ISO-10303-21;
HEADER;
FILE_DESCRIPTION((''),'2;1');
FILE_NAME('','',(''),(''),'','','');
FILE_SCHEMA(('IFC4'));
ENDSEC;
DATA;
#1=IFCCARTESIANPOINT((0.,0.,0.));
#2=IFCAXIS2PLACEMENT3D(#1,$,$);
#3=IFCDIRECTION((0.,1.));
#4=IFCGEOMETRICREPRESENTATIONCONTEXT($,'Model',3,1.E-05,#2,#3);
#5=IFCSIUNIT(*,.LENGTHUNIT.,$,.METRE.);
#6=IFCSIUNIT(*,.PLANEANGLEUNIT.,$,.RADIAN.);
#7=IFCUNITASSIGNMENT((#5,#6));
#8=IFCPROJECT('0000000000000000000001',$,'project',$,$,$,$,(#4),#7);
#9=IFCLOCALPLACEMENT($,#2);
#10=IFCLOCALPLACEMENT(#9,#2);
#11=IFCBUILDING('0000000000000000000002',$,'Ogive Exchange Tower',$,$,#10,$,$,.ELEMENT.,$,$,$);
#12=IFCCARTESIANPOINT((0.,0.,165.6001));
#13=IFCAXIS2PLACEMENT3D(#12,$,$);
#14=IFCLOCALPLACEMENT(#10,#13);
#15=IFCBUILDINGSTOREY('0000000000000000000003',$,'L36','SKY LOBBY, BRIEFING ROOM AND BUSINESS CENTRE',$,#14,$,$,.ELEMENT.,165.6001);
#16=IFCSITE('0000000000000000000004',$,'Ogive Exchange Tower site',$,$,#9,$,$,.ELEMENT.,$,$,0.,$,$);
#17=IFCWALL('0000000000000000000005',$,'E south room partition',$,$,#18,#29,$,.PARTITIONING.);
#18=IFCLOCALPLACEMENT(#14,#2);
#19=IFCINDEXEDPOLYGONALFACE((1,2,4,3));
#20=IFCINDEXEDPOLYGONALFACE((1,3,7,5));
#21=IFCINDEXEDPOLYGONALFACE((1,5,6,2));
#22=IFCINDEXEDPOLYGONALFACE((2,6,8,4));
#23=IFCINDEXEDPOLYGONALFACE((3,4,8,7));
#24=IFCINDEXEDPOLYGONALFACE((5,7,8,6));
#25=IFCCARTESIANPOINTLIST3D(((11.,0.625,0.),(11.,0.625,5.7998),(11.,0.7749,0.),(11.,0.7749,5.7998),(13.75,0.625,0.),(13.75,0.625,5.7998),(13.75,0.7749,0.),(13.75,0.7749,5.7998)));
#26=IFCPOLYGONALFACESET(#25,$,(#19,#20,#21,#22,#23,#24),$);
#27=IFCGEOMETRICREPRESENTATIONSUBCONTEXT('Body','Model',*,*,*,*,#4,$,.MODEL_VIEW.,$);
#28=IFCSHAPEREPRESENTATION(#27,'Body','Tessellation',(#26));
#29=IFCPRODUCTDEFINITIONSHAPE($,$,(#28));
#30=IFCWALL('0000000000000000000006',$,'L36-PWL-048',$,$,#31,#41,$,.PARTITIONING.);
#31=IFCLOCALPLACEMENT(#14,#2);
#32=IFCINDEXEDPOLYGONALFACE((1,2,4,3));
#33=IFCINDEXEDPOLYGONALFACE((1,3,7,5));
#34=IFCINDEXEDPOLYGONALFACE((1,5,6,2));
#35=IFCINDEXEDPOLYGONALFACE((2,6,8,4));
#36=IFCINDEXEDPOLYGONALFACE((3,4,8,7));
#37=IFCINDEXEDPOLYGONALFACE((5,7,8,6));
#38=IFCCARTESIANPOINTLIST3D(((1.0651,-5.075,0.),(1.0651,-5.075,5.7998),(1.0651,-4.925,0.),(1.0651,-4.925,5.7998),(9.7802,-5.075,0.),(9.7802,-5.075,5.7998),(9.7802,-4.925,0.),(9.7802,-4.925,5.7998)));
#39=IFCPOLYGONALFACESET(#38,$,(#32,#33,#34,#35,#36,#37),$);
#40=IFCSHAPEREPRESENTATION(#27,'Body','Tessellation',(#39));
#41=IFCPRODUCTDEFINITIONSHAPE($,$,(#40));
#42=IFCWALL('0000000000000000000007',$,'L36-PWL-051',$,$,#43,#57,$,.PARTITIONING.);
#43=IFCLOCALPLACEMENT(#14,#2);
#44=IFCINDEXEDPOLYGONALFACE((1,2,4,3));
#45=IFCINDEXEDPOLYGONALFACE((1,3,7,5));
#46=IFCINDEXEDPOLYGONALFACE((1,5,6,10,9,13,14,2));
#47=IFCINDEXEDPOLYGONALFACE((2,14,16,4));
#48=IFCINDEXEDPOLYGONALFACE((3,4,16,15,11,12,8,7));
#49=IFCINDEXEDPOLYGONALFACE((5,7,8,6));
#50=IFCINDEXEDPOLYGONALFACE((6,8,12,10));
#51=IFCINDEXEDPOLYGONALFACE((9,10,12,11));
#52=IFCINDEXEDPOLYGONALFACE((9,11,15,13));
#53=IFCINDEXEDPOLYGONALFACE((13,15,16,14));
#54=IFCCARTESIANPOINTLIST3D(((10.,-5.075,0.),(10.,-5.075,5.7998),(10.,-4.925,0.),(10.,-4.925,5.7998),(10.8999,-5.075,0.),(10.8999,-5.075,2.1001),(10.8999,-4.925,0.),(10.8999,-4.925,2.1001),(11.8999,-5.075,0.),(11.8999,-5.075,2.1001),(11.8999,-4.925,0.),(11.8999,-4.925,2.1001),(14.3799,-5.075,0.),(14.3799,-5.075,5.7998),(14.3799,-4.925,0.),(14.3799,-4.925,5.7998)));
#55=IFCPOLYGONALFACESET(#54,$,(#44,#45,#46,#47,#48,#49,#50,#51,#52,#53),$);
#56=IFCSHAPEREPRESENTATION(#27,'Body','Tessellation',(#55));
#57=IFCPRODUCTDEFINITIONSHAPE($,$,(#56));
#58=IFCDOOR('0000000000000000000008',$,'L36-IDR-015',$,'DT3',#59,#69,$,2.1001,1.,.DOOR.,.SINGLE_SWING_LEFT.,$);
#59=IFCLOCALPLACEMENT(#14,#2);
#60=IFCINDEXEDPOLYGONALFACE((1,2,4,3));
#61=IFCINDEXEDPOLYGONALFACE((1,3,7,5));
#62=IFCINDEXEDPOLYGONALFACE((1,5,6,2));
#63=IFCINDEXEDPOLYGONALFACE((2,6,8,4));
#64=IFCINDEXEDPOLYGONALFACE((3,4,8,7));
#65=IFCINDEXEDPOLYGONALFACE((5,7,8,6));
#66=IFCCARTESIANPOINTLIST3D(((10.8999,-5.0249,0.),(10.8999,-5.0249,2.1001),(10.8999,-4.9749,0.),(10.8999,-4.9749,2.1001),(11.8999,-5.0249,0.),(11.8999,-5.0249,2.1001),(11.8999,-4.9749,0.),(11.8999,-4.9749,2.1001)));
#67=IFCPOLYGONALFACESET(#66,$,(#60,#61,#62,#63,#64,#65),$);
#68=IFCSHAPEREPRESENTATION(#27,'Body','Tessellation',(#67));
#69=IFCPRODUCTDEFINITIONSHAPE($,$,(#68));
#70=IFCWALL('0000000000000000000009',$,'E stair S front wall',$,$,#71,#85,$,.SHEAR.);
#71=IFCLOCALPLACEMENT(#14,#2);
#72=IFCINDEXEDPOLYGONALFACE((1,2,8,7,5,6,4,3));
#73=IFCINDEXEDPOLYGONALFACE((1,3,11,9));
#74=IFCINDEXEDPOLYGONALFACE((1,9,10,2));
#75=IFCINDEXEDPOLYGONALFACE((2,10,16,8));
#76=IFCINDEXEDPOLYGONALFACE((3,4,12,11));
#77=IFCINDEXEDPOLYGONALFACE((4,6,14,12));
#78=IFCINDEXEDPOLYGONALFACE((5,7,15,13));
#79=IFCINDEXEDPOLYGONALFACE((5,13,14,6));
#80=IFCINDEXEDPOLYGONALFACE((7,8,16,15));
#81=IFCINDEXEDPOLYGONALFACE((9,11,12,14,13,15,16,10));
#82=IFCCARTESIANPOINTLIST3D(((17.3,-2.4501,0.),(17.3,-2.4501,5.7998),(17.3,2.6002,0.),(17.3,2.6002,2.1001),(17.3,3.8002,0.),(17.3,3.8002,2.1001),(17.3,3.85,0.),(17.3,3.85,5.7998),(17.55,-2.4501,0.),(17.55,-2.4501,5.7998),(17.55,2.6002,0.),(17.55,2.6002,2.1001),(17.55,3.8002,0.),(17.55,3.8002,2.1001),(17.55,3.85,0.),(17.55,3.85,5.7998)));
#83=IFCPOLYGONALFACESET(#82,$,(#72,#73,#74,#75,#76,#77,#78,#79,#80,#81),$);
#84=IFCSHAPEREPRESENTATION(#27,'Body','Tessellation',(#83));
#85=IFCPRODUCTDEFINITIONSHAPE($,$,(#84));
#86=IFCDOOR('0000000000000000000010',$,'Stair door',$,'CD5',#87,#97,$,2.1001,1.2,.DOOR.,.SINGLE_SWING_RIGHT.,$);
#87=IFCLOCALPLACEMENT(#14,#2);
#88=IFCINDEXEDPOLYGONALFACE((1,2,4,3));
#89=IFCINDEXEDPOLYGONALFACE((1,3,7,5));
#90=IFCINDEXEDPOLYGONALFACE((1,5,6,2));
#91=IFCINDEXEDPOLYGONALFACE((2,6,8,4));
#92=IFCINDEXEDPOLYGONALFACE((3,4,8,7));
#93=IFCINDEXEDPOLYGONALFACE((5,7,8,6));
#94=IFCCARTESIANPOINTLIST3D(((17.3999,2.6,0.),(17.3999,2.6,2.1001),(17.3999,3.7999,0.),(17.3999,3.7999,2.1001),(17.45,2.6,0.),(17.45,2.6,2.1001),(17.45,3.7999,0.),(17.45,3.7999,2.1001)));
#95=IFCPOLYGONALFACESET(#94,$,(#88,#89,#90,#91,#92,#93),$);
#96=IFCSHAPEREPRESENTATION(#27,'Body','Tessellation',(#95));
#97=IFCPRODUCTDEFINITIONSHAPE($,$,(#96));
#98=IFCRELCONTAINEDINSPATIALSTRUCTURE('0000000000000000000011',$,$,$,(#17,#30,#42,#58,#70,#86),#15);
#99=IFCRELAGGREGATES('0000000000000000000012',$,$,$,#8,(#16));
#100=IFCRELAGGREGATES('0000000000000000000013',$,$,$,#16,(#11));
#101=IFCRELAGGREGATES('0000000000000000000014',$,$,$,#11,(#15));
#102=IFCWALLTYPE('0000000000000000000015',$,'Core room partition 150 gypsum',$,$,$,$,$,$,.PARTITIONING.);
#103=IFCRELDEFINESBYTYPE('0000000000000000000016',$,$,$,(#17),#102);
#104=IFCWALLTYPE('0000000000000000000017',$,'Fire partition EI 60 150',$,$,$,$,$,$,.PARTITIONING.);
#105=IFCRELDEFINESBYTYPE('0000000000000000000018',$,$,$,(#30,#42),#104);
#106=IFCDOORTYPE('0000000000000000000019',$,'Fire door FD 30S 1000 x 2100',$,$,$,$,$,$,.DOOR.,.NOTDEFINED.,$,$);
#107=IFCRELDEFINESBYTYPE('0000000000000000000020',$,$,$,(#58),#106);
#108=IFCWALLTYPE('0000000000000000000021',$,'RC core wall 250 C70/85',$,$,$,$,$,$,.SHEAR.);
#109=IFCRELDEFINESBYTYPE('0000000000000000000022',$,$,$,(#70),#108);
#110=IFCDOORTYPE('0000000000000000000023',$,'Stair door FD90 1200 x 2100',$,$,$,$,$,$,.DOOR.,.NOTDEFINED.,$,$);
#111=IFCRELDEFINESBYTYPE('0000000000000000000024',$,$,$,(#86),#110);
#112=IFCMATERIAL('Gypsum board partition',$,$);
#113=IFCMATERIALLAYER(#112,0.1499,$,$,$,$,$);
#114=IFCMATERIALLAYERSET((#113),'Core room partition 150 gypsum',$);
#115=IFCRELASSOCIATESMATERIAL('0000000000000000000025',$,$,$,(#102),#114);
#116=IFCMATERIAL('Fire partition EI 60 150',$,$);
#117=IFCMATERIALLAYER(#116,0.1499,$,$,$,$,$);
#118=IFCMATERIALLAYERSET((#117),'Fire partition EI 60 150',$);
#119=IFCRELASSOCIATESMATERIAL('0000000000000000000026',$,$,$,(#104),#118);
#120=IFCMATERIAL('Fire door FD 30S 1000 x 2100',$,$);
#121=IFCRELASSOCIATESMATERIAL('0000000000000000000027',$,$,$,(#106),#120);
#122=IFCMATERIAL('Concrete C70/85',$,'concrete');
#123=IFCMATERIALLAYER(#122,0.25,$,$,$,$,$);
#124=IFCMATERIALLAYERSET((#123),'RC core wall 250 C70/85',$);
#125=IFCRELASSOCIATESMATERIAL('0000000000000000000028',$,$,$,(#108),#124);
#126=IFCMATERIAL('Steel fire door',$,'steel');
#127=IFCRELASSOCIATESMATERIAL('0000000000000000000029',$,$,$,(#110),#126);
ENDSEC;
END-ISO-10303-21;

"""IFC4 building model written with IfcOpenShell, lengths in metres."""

from ifc_helpers import new_model, si_unit, direction, frame, frame_2d, origin, place, context, subcontext, project, spatial, rectangle, extrude, material, layer, layer_set, type_object, element, fill, save


model = new_model("IFC4")

# Units and contexts
model_context = context("Model", 3, precision=1e-05, world=origin(), true_north=direction((0.0, 1.0)))
body_context = subcontext(model_context, "Body", "Model", "MODEL_VIEW")
ifc_project = project(units=[si_unit("LENGTHUNIT", "METRE"), si_unit("PLANEANGLEUNIT", "RADIAN")], contexts=[model_context])

# Site, building, storey
site_placement = place(None, origin())
site = spatial("IfcSite", under=ifc_project, at=site_placement, Name="Ogive Exchange Tower site", CompositionType="ELEMENT", RefElevation=0.0)
building_placement = place(site_placement, origin())
building = spatial("IfcBuilding", under=site, at=building_placement, Name="Ogive Exchange Tower", CompositionType="ELEMENT")
storey_placement = place(building_placement, frame((0.0, 0.0, 165.6001)))
storey = spatial("IfcBuildingStorey", under=building, at=storey_placement, Name="L36", Description="SKY LOBBY, BRIEFING ROOM AND BUSINESS CENTRE", CompositionType="ELEMENT", Elevation=165.6001)

# Walls
ifc_material_1 = material(Name="Gypsum board partition")
ifc_layer_1 = layer(ifc_material_1, 0.1499)
ifc_layer_set_1 = layer_set([ifc_layer_1], Name="Core room partition 150 gypsum")
wall_type_1 = type_object("IfcWallType", Name="Core room partition 150 gypsum", PredefinedType="PARTITIONING", material=ifc_layer_set_1)
wall_1_placement = place(storey_placement, frame((11.0, 0.7, 0.0), z_axis=(0.0, 0.0, 1.0), x_axis=(1.0, 0.0, 0.0)))
element("IfcWall", 1, at=wall_1_placement, inside=storey, type_object=wall_type_1, Name="E south room partition", PredefinedType="PARTITIONING", context=body_context, shape_type="SweptSolid", body=[
    extrude(rectangle(XDim=2.75, YDim=0.1499, at=frame_2d((1.375, 0.0))), origin(), (0.0, 0.0, 1.0), 5.7998),
])
ifc_material_2 = material(Name="Fire partition EI 60 150")
ifc_layer_2 = layer(ifc_material_2, 0.1499)
ifc_layer_set_2 = layer_set([ifc_layer_2], Name="Fire partition EI 60 150")
wall_type_2 = type_object("IfcWallType", Name="Fire partition EI 60 150", PredefinedType="PARTITIONING", material=ifc_layer_set_2)
wall_2_placement = place(storey_placement, frame((9.78, -5.0, 0.0), z_axis=(0.0, 0.0, 1.0), x_axis=(-1.0, 0.0, 0.0)))
element("IfcWall", 2, at=wall_2_placement, inside=storey, type_object=wall_type_2, Name="L36-PWL-048", PredefinedType="PARTITIONING", context=body_context, shape_type="SweptSolid", body=[
    extrude(rectangle(XDim=8.7151, YDim=0.1499, at=frame_2d((4.3574, 0.0))), origin(), (0.0, 0.0, 1.0), 5.7998),
])

# Walls, openings, doors
wall_3_placement = place(storey_placement, frame((14.3799, -5.0, 0.0), z_axis=(0.0, 0.0, 1.0), x_axis=(-1.0, 0.0, 0.0)))
wall_3 = element("IfcWall", 3, at=wall_3_placement, inside=storey, type_object=wall_type_2, Name="L36-PWL-051", PredefinedType="PARTITIONING", context=body_context, shape_type="SweptSolid", body=[
    extrude(rectangle(XDim=4.3799, YDim=0.1499, at=frame_2d((2.1899, 0.0))), origin(), (0.0, 0.0, 1.0), 5.7998),
])
opening_1_placement = place(wall_3_placement, frame((2.48, 0.0, 0.0)))
opening_1 = element("IfcOpeningElement", 4, at=opening_1_placement, cuts=wall_3, PredefinedType="OPENING", context=body_context, shape_type="SweptSolid", body=[
    extrude(rectangle(XDim=1.0, YDim=2.1001, at=frame_2d((0.5, 1.05))), frame((0.0, 0.085, 0.0), z_axis=(0.0, -1.0, 0.0), x_axis=(1.0, 0.0, 0.0)), (0.0, 0.0, 1.0), 0.1699),
])
ifc_material_3 = material(Name="Fire door FD 30S 1000 x 2100")
door_type_1 = type_object("IfcDoorType", Name="Fire door FD 30S 1000 x 2100", OperationType="NOTDEFINED", PredefinedType="DOOR", material=ifc_material_3)
door_1_placement = place(opening_1_placement, origin())
door_1 = element("IfcDoor", 5, at=door_1_placement, inside=storey, type_object=door_type_1, Name="L36-IDR-015", ObjectType="DT3", OperationType="SINGLE_SWING_LEFT", OverallHeight=2.1001, OverallWidth=1.0, PredefinedType="DOOR", context=body_context, shape_type="SweptSolid", body=[
    extrude(rectangle(XDim=1.0, YDim=2.1001, at=frame_2d((0.5, 1.05))), frame((0.0, 0.0249, 0.0), z_axis=(0.0, -1.0, 0.0), x_axis=(1.0, 0.0, 0.0)), (0.0, 0.0, 1.0), 0.05),
])
fill(opening_1, door_1)
ifc_material_4 = material(Name="Concrete C70/85", Category="concrete")
ifc_layer_3 = layer(ifc_material_4, 0.25)
ifc_layer_set_3 = layer_set([ifc_layer_3], Name="RC core wall 250 C70/85")
wall_type_3 = type_object("IfcWallType", Name="RC core wall 250 C70/85", PredefinedType="SHEAR", material=ifc_layer_set_3)
wall_4_placement = place(storey_placement, frame((17.425, -2.45, 0.0), z_axis=(0.0, 0.0, 1.0), x_axis=(0.0, 1.0, 0.0)))
wall_4 = element("IfcWall", 6, at=wall_4_placement, inside=storey, type_object=wall_type_3, Name="E stair S front wall", PredefinedType="SHEAR", context=body_context, shape_type="SweptSolid", body=[
    extrude(rectangle(XDim=6.3, YDim=0.25, at=frame_2d((3.1499, 0.0))), origin(), (0.0, 0.0, 1.0), 5.7998),
])
opening_2_placement = place(wall_4_placement, frame((5.05, 0.0, 0.0)))
opening_2 = element("IfcOpeningElement", 7, at=opening_2_placement, cuts=wall_4, PredefinedType="OPENING", context=body_context, shape_type="SweptSolid", body=[
    extrude(rectangle(XDim=1.2, YDim=2.1001, at=frame_2d((0.6001, 1.05))), frame((0.0, 0.135, 0.0), z_axis=(0.0, -1.0, 0.0), x_axis=(1.0, 0.0, 0.0)), (0.0, 0.0, 1.0), 0.27),
])
ifc_material_5 = material(Name="Steel fire door", Category="steel")
door_type_2 = type_object("IfcDoorType", Name="Stair door FD90 1200 x 2100", OperationType="NOTDEFINED", PredefinedType="DOOR", material=ifc_material_5)
door_2_placement = place(opening_2_placement, frame((1.2, 0.0, 0.0), z_axis=(0.0, 0.0, 1.0), x_axis=(-1.0, 0.0, 0.0)))
door_2 = element("IfcDoor", 8, at=door_2_placement, inside=storey, type_object=door_type_2, Name="Stair door", ObjectType="CD5", OperationType="SINGLE_SWING_RIGHT", OverallHeight=2.1001, OverallWidth=1.2, PredefinedType="DOOR", context=body_context, shape_type="SweptSolid", body=[
    extrude(rectangle(XDim=1.2, YDim=2.1001, at=frame_2d((0.6001, 1.05))), frame((0.0, 0.0249, 0.0), z_axis=(0.0, -1.0, 0.0), x_axis=(1.0, 0.0, 0.0)), (0.0, 0.0, 1.0), 0.05),
])
fill(opening_2, door_2)

save(model, "model.ifc")
